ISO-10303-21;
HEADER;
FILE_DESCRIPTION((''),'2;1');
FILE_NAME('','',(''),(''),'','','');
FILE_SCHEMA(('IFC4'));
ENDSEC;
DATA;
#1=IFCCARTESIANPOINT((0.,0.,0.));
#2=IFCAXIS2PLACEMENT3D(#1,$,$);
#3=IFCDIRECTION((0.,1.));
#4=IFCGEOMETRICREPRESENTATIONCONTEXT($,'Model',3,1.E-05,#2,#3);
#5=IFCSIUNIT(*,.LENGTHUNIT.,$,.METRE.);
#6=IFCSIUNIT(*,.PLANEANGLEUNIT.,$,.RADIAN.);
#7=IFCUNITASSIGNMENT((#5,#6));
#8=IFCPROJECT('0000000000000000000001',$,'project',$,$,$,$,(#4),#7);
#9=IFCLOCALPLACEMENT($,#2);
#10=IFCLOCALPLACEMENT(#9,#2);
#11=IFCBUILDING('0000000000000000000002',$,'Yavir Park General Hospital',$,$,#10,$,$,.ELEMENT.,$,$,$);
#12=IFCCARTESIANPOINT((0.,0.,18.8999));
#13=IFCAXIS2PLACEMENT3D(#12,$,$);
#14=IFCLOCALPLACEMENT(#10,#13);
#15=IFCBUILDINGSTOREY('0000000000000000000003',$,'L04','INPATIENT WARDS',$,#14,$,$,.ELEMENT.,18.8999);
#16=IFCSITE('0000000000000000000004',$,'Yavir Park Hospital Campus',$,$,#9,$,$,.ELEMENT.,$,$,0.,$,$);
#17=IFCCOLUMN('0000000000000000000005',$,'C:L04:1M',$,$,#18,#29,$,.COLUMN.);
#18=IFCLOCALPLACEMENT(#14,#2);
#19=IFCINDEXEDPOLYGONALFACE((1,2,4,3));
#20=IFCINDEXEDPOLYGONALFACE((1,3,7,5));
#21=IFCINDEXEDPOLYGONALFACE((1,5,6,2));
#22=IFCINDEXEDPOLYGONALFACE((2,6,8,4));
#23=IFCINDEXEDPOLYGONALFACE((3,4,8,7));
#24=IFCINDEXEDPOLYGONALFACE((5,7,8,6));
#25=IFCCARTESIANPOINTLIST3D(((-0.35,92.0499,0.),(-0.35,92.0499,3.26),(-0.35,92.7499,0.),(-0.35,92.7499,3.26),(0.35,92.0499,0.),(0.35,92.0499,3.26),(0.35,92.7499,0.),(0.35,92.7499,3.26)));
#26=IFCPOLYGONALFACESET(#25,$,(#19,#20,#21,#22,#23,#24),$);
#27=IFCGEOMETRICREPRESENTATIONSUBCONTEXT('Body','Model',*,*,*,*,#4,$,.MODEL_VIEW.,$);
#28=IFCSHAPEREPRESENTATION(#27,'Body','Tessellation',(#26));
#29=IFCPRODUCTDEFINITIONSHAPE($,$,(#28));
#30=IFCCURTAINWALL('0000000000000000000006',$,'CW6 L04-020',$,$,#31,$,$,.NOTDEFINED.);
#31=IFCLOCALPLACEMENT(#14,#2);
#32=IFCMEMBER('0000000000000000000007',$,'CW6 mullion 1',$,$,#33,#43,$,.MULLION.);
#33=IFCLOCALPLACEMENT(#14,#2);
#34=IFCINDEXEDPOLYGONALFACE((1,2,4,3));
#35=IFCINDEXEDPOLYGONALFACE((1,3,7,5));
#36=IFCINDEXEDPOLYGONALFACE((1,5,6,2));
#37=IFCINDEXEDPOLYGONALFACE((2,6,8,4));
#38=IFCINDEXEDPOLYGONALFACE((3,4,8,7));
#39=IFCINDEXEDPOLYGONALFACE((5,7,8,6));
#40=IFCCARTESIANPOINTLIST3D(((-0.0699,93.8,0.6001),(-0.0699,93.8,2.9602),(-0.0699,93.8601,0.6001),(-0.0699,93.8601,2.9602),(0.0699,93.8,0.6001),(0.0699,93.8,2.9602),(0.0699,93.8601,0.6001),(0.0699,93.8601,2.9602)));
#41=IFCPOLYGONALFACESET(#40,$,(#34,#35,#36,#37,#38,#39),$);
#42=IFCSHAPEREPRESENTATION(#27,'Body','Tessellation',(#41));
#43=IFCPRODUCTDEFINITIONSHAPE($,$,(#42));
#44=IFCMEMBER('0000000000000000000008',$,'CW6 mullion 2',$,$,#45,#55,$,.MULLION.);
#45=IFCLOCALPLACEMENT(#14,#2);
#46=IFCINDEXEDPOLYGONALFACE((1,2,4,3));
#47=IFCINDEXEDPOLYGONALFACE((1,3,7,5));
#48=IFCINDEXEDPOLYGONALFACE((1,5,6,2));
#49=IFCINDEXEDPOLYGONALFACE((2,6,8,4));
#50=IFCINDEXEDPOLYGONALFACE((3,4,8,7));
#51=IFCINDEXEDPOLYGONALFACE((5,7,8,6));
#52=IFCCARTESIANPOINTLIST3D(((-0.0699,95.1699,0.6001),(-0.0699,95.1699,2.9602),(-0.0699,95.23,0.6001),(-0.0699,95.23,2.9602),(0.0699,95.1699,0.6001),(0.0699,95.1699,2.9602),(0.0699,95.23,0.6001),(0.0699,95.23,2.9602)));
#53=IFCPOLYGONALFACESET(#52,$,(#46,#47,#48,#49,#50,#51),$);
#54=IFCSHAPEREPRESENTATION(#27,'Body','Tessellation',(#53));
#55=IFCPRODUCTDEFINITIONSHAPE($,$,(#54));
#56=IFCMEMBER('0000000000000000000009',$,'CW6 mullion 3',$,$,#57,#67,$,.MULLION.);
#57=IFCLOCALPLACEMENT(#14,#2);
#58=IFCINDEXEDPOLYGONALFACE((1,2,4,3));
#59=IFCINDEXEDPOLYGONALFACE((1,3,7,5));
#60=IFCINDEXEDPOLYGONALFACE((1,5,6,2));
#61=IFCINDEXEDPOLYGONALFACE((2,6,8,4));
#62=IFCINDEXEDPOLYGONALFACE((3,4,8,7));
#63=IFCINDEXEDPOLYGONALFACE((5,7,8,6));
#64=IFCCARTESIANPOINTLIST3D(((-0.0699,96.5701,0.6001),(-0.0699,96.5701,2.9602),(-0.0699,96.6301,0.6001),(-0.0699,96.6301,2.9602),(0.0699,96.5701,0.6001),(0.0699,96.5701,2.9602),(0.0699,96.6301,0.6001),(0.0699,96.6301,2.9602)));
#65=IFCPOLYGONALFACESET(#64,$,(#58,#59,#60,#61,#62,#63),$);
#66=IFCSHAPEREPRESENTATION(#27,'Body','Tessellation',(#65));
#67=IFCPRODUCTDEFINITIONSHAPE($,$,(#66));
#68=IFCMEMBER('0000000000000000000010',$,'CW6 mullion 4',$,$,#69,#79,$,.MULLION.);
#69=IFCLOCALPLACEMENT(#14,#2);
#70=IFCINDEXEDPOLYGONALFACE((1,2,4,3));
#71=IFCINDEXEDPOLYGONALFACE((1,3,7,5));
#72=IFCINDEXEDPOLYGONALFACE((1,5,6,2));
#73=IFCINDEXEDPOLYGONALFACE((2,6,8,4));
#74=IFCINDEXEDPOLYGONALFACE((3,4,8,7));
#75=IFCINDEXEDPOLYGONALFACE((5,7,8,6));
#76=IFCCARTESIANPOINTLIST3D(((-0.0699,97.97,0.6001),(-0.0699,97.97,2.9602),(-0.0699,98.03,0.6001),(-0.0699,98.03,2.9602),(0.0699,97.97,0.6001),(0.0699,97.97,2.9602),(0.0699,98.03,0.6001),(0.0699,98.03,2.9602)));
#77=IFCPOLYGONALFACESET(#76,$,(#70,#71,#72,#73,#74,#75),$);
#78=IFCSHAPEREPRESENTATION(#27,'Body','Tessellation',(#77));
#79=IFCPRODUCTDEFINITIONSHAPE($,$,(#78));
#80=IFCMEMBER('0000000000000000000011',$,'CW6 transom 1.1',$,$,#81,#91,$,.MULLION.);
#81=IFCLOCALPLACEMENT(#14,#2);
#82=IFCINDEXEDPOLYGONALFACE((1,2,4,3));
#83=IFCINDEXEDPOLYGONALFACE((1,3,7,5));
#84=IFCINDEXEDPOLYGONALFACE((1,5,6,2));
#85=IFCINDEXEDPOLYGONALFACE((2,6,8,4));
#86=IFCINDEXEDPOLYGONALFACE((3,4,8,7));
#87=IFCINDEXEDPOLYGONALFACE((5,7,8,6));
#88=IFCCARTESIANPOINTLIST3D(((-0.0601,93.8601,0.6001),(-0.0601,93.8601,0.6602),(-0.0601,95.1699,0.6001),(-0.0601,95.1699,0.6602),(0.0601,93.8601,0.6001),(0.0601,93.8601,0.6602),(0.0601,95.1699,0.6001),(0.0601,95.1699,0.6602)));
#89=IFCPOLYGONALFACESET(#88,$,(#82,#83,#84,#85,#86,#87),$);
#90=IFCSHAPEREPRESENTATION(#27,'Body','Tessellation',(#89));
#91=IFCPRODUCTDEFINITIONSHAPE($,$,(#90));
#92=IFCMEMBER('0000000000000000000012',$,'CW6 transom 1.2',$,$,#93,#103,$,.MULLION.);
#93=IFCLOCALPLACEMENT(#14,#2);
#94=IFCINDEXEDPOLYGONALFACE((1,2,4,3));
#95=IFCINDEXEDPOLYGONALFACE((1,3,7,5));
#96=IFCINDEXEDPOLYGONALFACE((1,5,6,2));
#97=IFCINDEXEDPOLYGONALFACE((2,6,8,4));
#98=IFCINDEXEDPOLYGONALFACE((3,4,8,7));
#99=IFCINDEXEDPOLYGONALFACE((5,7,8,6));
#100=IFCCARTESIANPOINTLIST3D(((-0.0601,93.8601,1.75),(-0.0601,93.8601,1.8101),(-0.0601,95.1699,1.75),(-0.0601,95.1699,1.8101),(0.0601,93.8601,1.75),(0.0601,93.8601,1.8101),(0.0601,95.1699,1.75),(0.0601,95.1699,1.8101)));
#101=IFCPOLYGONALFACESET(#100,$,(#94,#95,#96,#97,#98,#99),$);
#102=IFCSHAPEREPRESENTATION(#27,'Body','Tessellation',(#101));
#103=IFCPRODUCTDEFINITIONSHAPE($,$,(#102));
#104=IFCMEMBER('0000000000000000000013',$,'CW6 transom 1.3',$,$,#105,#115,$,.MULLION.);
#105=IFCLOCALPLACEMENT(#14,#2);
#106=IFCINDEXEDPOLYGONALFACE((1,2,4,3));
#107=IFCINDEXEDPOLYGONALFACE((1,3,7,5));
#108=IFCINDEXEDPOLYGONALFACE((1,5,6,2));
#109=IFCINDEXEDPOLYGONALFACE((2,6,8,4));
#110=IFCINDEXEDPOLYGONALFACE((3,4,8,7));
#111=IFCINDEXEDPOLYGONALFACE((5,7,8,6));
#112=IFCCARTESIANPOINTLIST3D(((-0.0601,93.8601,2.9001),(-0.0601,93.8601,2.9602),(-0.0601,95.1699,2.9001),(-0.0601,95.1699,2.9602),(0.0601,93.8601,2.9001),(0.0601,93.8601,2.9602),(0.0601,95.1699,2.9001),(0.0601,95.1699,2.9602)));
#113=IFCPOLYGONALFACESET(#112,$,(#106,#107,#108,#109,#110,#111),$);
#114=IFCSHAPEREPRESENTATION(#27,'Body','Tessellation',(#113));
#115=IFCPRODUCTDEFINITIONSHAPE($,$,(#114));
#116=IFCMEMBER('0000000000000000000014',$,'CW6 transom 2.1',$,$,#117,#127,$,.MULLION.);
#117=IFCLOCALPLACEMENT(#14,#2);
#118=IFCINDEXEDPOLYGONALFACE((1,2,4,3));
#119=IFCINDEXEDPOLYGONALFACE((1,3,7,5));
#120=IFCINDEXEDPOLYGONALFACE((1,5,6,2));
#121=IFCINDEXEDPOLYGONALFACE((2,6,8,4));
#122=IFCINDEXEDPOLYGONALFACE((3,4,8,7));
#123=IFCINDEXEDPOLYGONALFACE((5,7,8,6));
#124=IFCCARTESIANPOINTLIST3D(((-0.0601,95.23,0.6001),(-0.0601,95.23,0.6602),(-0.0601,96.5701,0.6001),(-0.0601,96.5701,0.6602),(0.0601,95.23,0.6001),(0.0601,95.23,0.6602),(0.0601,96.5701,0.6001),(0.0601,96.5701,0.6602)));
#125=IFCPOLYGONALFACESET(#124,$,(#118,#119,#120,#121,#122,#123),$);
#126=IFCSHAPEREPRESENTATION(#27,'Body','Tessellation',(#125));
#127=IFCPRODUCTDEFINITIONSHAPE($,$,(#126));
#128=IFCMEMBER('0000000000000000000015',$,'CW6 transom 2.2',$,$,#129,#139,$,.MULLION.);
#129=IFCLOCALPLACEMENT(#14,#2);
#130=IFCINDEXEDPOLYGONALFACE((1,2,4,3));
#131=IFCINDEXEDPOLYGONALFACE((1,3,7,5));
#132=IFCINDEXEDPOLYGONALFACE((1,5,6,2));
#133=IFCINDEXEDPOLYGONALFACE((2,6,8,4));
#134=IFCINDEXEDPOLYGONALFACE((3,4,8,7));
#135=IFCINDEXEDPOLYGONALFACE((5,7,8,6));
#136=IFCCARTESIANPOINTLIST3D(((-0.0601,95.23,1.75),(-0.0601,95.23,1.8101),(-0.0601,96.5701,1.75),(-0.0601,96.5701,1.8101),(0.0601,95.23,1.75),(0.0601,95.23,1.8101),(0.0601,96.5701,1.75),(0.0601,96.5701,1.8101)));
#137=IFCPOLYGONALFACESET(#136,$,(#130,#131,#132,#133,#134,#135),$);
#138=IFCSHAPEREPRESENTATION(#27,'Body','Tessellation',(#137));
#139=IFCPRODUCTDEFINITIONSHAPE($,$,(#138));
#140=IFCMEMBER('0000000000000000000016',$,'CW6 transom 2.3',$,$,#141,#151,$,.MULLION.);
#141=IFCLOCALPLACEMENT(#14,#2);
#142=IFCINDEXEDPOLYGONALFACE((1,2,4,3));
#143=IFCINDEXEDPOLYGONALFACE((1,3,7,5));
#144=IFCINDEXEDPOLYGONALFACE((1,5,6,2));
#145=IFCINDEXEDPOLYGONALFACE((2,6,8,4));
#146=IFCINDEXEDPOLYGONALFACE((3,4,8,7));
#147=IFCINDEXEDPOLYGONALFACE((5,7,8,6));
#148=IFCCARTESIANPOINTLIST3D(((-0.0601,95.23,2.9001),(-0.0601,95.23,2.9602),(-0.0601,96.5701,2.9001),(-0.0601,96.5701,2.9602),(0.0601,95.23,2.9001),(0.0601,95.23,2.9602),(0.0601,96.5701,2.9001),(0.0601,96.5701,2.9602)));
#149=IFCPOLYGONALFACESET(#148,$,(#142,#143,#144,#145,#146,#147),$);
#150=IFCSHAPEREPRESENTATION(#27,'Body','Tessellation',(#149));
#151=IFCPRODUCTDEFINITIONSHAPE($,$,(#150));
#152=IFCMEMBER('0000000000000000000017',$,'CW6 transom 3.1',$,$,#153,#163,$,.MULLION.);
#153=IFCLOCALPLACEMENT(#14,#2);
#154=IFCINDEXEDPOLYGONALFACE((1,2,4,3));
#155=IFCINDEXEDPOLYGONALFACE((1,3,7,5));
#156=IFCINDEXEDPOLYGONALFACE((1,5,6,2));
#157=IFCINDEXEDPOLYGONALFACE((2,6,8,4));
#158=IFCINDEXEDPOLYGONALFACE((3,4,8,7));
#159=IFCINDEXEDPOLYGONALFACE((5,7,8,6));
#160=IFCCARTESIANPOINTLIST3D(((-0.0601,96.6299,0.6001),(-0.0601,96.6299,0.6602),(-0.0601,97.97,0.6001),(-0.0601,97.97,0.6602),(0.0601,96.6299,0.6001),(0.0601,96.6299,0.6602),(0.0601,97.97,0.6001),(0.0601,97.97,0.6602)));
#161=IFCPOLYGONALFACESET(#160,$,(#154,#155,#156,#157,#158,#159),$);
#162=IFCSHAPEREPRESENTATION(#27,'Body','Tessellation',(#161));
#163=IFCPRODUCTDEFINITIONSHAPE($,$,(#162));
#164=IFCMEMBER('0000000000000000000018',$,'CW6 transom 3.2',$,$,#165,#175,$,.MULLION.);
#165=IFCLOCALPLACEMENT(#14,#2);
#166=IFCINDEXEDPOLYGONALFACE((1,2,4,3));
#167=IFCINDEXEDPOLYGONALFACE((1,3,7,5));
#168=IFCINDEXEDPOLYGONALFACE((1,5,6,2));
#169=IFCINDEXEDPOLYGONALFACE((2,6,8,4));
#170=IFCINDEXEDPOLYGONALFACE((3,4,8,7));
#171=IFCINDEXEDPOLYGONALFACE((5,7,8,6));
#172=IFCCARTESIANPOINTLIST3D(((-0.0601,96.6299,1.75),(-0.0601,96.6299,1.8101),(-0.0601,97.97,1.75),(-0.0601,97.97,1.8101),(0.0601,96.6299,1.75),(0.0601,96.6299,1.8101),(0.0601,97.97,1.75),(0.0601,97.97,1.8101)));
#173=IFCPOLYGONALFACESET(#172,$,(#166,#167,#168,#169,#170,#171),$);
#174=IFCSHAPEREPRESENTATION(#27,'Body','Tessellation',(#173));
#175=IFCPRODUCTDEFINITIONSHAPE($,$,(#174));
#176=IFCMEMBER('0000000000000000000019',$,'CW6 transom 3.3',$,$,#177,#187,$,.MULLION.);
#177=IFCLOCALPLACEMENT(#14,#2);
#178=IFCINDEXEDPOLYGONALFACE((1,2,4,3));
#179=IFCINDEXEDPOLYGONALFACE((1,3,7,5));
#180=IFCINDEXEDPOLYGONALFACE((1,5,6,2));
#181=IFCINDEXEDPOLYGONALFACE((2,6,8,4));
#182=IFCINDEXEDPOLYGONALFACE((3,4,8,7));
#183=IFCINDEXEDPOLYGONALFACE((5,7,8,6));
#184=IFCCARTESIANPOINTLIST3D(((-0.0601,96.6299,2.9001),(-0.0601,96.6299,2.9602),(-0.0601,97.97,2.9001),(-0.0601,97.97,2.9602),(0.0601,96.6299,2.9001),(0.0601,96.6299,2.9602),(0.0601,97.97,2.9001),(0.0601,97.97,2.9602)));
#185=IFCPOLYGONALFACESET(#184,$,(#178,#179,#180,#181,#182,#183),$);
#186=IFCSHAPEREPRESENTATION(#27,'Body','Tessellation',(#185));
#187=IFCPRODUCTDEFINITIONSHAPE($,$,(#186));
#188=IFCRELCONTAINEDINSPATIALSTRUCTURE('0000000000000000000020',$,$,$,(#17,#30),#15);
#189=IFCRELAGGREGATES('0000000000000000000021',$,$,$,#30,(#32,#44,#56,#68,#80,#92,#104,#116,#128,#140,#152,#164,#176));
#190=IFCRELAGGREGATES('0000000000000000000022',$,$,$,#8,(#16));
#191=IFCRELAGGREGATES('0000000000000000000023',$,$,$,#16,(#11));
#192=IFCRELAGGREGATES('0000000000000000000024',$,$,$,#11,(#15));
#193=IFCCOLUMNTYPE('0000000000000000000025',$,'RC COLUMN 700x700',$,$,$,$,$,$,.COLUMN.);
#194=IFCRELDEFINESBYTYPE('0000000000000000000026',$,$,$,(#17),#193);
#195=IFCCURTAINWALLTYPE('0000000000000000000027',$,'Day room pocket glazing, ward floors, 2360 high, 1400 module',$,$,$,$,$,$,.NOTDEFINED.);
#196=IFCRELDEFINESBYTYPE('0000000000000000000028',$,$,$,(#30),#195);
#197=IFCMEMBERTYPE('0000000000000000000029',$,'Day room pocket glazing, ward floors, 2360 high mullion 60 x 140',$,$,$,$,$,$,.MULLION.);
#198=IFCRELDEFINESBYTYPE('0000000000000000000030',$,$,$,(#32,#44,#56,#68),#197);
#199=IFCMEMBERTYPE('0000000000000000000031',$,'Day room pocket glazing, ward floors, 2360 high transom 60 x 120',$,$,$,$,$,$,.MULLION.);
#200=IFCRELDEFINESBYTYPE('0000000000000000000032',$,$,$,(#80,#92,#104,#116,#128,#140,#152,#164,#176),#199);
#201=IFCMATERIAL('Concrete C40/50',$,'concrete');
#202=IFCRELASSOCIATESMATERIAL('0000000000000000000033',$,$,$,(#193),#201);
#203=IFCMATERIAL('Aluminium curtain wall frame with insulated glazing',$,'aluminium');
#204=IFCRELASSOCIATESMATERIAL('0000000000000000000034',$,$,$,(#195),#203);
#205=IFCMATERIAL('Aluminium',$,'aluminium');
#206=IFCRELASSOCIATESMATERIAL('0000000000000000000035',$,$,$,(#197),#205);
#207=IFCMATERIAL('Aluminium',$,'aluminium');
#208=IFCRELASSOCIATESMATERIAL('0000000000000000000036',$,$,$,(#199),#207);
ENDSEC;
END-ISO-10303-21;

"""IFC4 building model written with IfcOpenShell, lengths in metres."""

from ifc_helpers import new_model, si_unit, direction, frame, origin, origin_2d, place, context, subcontext, project, spatial, rectangle, extrude, material, material_profile, profile_set, type_object, element, aggregate, save


model = new_model("IFC4")

# Units and contexts
model_context = context("Model", 3, precision=1e-05, world=origin(), true_north=direction((0.0, 1.0)))
body_context = subcontext(model_context, "Body", "Model", "MODEL_VIEW")
ifc_project = project(units=[si_unit("LENGTHUNIT", "METRE"), si_unit("PLANEANGLEUNIT", "RADIAN")], contexts=[model_context])

# Site, building, storey
site_placement = place(None, origin())
site = spatial("IfcSite", under=ifc_project, at=site_placement, Name="Yavir Park Hospital Campus", CompositionType="ELEMENT", RefElevation=0.0)
building_placement = place(site_placement, origin())
building = spatial("IfcBuilding", under=site, at=building_placement, Name="Yavir Park General Hospital", CompositionType="ELEMENT")
storey_placement = place(building_placement, frame((0.0, 0.0, 18.8999)))
storey = spatial("IfcBuildingStorey", under=building, at=storey_placement, Name="L04", Description="INPATIENT WARDS", CompositionType="ELEMENT", Elevation=18.8999)

# Column
ifc_material_1 = material(Name="Concrete C40/50", Category="concrete")
ifc_material_profile_1 = material_profile(ifc_material_1, rectangle(XDim=0.7, YDim=0.7, at=origin_2d()), Name="RC700x700")
ifc_profile_set_1 = profile_set([ifc_material_profile_1], Name="Concrete C40/50")
column_type = type_object("IfcColumnType", Name="RC COLUMN 700x700", PredefinedType="COLUMN", material=ifc_profile_set_1)
column_placement = place(storey_placement, frame((0.0, 92.3999, 0.0), z_axis=(0.0, 0.0, 1.0), x_axis=(1.0, 0.0, 0.0)))
element("IfcColumn", 1, at=column_placement, inside=storey, type_object=column_type, Name="C:L04:1M", PredefinedType="COLUMN", context=body_context, shape_type="SweptSolid", body=[
    extrude(rectangle(XDim=0.7, YDim=0.7, at=origin_2d()), origin(), (0.0, 0.0, 1.0), 3.26),
])

# Curtain wall, members
ifc_material_2 = material(Name="Aluminium curtain wall frame with insulated glazing", Category="aluminium")
curtain_wall_type = type_object("IfcCurtainWallType", Name="Day room pocket glazing, ward floors, 2360 high, 1400 module", PredefinedType="NOTDEFINED", material=ifc_material_2)
curtain_wall_placement = place(storey_placement, origin())
curtain_wall = element("IfcCurtainWall", 2, at=curtain_wall_placement, inside=storey, type_object=curtain_wall_type, Name="CW6 L04-020", PredefinedType="NOTDEFINED")
ifc_material_3 = material(Name="Aluminium", Category="aluminium")
ifc_material_profile_2 = material_profile(ifc_material_3, rectangle(XDim=0.1399, YDim=0.0601, at=origin_2d()), Name="AL 60x140")
ifc_profile_set_2 = profile_set([ifc_material_profile_2], Name="Aluminium")
member_type_1 = type_object("IfcMemberType", Name="Day room pocket glazing, ward floors, 2360 high mullion 60 x 140", PredefinedType="MULLION", material=ifc_profile_set_2)
member_1_placement = place(storey_placement, frame((0.0, 93.8301, 0.6001), z_axis=(0.0, 0.0, 1.0), x_axis=(-1.0, 0.0, 0.0)))
member_1 = element("IfcMember", 3, at=member_1_placement, type_object=member_type_1, Name="CW6 mullion 1", PredefinedType="MULLION", context=body_context, shape_type="SweptSolid", body=[
    extrude(rectangle(XDim=0.1399, YDim=0.0601, at=origin_2d()), origin(), (0.0, 0.0, 1.0), 2.3601),
])
member_2_placement = place(storey_placement, frame((0.0, 95.2, 0.6001), z_axis=(0.0, 0.0, 1.0), x_axis=(-1.0, 0.0, 0.0)))
member_2 = element("IfcMember", 4, at=member_2_placement, type_object=member_type_1, Name="CW6 mullion 2", PredefinedType="MULLION", context=body_context, shape_type="SweptSolid", body=[
    extrude(rectangle(XDim=0.1399, YDim=0.0601, at=origin_2d()), origin(), (0.0, 0.0, 1.0), 2.3601),
])
member_3_placement = place(storey_placement, frame((0.0, 96.6001, 0.6001), z_axis=(0.0, 0.0, 1.0), x_axis=(-1.0, 0.0, 0.0)))
member_3 = element("IfcMember", 5, at=member_3_placement, type_object=member_type_1, Name="CW6 mullion 3", PredefinedType="MULLION", context=body_context, shape_type="SweptSolid", body=[
    extrude(rectangle(XDim=0.1399, YDim=0.0601, at=origin_2d()), origin(), (0.0, 0.0, 1.0), 2.3601),
])
member_4_placement = place(storey_placement, frame((0.0, 98.0, 0.6001), z_axis=(0.0, 0.0, 1.0), x_axis=(-1.0, 0.0, 0.0)))
member_4 = element("IfcMember", 6, at=member_4_placement, type_object=member_type_1, Name="CW6 mullion 4", PredefinedType="MULLION", context=body_context, shape_type="SweptSolid", body=[
    extrude(rectangle(XDim=0.1399, YDim=0.0601, at=origin_2d()), origin(), (0.0, 0.0, 1.0), 2.3601),
])
ifc_material_4 = material(Name="Aluminium", Category="aluminium")
ifc_material_profile_3 = material_profile(ifc_material_4, rectangle(XDim=0.1201, YDim=0.0601, at=origin_2d()), Name="AL 120x60")
ifc_profile_set_3 = profile_set([ifc_material_profile_3], Name="Aluminium")
member_type_2 = type_object("IfcMemberType", Name="Day room pocket glazing, ward floors, 2360 high transom 60 x 120", PredefinedType="MULLION", material=ifc_profile_set_3)
member_5_placement = place(storey_placement, frame((0.0, 93.8601, 0.6301), z_axis=(0.0, 1.0, 0.0), x_axis=(-1.0, 0.0, 0.0)))
member_5 = element("IfcMember", 7, at=member_5_placement, type_object=member_type_2, Name="CW6 transom 1.1", PredefinedType="MULLION", context=body_context, shape_type="SweptSolid", body=[
    extrude(rectangle(XDim=0.1201, YDim=0.0601, at=origin_2d()), origin(), (0.0, 0.0, 1.0), 1.3098),
])
member_6_placement = place(storey_placement, frame((0.0, 93.8601, 1.78), z_axis=(0.0, 1.0, 0.0), x_axis=(-1.0, 0.0, 0.0)))
member_6 = element("IfcMember", 8, at=member_6_placement, type_object=member_type_2, Name="CW6 transom 1.2", PredefinedType="MULLION", context=body_context, shape_type="SweptSolid", body=[
    extrude(rectangle(XDim=0.1201, YDim=0.0601, at=origin_2d()), origin(), (0.0, 0.0, 1.0), 1.3098),
])
member_7_placement = place(storey_placement, frame((0.0, 93.8601, 2.9302), z_axis=(0.0, 1.0, 0.0), x_axis=(-1.0, 0.0, 0.0)))
member_7 = element("IfcMember", 9, at=member_7_placement, type_object=member_type_2, Name="CW6 transom 1.3", PredefinedType="MULLION", context=body_context, shape_type="SweptSolid", body=[
    extrude(rectangle(XDim=0.1201, YDim=0.0601, at=origin_2d()), origin(), (0.0, 0.0, 1.0), 1.3098),
])
member_8_placement = place(storey_placement, frame((0.0, 95.23, 0.6301), z_axis=(0.0, 1.0, 0.0), x_axis=(-1.0, 0.0, 0.0)))
member_8 = element("IfcMember", 10, at=member_8_placement, type_object=member_type_2, Name="CW6 transom 2.1", PredefinedType="MULLION", context=body_context, shape_type="SweptSolid", body=[
    extrude(rectangle(XDim=0.1201, YDim=0.0601, at=origin_2d()), origin(), (0.0, 0.0, 1.0), 1.3401),
])
member_9_placement = place(storey_placement, frame((0.0, 95.23, 1.78), z_axis=(0.0, 1.0, 0.0), x_axis=(-1.0, 0.0, 0.0)))
member_9 = element("IfcMember", 11, at=member_9_placement, type_object=member_type_2, Name="CW6 transom 2.2", PredefinedType="MULLION", context=body_context, shape_type="SweptSolid", body=[
    extrude(rectangle(XDim=0.1201, YDim=0.0601, at=origin_2d()), origin(), (0.0, 0.0, 1.0), 1.3401),
])
member_10_placement = place(storey_placement, frame((0.0, 95.23, 2.9302), z_axis=(0.0, 1.0, 0.0), x_axis=(-1.0, 0.0, 0.0)))
member_10 = element("IfcMember", 12, at=member_10_placement, type_object=member_type_2, Name="CW6 transom 2.3", PredefinedType="MULLION", context=body_context, shape_type="SweptSolid", body=[
    extrude(rectangle(XDim=0.1201, YDim=0.0601, at=origin_2d()), origin(), (0.0, 0.0, 1.0), 1.3401),
])
member_11_placement = place(storey_placement, frame((0.0, 96.6299, 0.6301), z_axis=(0.0, 1.0, 0.0), x_axis=(-1.0, 0.0, 0.0)))
member_11 = element("IfcMember", 13, at=member_11_placement, type_object=member_type_2, Name="CW6 transom 3.1", PredefinedType="MULLION", context=body_context, shape_type="SweptSolid", body=[
    extrude(rectangle(XDim=0.1201, YDim=0.0601, at=origin_2d()), origin(), (0.0, 0.0, 1.0), 1.3401),
])
member_12_placement = place(storey_placement, frame((0.0, 96.6299, 1.78), z_axis=(0.0, 1.0, 0.0), x_axis=(-1.0, 0.0, 0.0)))
member_12 = element("IfcMember", 14, at=member_12_placement, type_object=member_type_2, Name="CW6 transom 3.2", PredefinedType="MULLION", context=body_context, shape_type="SweptSolid", body=[
    extrude(rectangle(XDim=0.1201, YDim=0.0601, at=origin_2d()), origin(), (0.0, 0.0, 1.0), 1.3401),
])
member_13_placement = place(storey_placement, frame((0.0, 96.6299, 2.9302), z_axis=(0.0, 1.0, 0.0), x_axis=(-1.0, 0.0, 0.0)))
member_13 = element("IfcMember", 15, at=member_13_placement, type_object=member_type_2, Name="CW6 transom 3.3", PredefinedType="MULLION", context=body_context, shape_type="SweptSolid", body=[
    extrude(rectangle(XDim=0.1201, YDim=0.0601, at=origin_2d()), origin(), (0.0, 0.0, 1.0), 1.3401),
])

aggregate(curtain_wall, [member_1, member_2, member_3, member_4, member_5, member_6, member_7, member_8, member_9, member_10, member_11, member_12, member_13])

save(model, "model.ifc")
